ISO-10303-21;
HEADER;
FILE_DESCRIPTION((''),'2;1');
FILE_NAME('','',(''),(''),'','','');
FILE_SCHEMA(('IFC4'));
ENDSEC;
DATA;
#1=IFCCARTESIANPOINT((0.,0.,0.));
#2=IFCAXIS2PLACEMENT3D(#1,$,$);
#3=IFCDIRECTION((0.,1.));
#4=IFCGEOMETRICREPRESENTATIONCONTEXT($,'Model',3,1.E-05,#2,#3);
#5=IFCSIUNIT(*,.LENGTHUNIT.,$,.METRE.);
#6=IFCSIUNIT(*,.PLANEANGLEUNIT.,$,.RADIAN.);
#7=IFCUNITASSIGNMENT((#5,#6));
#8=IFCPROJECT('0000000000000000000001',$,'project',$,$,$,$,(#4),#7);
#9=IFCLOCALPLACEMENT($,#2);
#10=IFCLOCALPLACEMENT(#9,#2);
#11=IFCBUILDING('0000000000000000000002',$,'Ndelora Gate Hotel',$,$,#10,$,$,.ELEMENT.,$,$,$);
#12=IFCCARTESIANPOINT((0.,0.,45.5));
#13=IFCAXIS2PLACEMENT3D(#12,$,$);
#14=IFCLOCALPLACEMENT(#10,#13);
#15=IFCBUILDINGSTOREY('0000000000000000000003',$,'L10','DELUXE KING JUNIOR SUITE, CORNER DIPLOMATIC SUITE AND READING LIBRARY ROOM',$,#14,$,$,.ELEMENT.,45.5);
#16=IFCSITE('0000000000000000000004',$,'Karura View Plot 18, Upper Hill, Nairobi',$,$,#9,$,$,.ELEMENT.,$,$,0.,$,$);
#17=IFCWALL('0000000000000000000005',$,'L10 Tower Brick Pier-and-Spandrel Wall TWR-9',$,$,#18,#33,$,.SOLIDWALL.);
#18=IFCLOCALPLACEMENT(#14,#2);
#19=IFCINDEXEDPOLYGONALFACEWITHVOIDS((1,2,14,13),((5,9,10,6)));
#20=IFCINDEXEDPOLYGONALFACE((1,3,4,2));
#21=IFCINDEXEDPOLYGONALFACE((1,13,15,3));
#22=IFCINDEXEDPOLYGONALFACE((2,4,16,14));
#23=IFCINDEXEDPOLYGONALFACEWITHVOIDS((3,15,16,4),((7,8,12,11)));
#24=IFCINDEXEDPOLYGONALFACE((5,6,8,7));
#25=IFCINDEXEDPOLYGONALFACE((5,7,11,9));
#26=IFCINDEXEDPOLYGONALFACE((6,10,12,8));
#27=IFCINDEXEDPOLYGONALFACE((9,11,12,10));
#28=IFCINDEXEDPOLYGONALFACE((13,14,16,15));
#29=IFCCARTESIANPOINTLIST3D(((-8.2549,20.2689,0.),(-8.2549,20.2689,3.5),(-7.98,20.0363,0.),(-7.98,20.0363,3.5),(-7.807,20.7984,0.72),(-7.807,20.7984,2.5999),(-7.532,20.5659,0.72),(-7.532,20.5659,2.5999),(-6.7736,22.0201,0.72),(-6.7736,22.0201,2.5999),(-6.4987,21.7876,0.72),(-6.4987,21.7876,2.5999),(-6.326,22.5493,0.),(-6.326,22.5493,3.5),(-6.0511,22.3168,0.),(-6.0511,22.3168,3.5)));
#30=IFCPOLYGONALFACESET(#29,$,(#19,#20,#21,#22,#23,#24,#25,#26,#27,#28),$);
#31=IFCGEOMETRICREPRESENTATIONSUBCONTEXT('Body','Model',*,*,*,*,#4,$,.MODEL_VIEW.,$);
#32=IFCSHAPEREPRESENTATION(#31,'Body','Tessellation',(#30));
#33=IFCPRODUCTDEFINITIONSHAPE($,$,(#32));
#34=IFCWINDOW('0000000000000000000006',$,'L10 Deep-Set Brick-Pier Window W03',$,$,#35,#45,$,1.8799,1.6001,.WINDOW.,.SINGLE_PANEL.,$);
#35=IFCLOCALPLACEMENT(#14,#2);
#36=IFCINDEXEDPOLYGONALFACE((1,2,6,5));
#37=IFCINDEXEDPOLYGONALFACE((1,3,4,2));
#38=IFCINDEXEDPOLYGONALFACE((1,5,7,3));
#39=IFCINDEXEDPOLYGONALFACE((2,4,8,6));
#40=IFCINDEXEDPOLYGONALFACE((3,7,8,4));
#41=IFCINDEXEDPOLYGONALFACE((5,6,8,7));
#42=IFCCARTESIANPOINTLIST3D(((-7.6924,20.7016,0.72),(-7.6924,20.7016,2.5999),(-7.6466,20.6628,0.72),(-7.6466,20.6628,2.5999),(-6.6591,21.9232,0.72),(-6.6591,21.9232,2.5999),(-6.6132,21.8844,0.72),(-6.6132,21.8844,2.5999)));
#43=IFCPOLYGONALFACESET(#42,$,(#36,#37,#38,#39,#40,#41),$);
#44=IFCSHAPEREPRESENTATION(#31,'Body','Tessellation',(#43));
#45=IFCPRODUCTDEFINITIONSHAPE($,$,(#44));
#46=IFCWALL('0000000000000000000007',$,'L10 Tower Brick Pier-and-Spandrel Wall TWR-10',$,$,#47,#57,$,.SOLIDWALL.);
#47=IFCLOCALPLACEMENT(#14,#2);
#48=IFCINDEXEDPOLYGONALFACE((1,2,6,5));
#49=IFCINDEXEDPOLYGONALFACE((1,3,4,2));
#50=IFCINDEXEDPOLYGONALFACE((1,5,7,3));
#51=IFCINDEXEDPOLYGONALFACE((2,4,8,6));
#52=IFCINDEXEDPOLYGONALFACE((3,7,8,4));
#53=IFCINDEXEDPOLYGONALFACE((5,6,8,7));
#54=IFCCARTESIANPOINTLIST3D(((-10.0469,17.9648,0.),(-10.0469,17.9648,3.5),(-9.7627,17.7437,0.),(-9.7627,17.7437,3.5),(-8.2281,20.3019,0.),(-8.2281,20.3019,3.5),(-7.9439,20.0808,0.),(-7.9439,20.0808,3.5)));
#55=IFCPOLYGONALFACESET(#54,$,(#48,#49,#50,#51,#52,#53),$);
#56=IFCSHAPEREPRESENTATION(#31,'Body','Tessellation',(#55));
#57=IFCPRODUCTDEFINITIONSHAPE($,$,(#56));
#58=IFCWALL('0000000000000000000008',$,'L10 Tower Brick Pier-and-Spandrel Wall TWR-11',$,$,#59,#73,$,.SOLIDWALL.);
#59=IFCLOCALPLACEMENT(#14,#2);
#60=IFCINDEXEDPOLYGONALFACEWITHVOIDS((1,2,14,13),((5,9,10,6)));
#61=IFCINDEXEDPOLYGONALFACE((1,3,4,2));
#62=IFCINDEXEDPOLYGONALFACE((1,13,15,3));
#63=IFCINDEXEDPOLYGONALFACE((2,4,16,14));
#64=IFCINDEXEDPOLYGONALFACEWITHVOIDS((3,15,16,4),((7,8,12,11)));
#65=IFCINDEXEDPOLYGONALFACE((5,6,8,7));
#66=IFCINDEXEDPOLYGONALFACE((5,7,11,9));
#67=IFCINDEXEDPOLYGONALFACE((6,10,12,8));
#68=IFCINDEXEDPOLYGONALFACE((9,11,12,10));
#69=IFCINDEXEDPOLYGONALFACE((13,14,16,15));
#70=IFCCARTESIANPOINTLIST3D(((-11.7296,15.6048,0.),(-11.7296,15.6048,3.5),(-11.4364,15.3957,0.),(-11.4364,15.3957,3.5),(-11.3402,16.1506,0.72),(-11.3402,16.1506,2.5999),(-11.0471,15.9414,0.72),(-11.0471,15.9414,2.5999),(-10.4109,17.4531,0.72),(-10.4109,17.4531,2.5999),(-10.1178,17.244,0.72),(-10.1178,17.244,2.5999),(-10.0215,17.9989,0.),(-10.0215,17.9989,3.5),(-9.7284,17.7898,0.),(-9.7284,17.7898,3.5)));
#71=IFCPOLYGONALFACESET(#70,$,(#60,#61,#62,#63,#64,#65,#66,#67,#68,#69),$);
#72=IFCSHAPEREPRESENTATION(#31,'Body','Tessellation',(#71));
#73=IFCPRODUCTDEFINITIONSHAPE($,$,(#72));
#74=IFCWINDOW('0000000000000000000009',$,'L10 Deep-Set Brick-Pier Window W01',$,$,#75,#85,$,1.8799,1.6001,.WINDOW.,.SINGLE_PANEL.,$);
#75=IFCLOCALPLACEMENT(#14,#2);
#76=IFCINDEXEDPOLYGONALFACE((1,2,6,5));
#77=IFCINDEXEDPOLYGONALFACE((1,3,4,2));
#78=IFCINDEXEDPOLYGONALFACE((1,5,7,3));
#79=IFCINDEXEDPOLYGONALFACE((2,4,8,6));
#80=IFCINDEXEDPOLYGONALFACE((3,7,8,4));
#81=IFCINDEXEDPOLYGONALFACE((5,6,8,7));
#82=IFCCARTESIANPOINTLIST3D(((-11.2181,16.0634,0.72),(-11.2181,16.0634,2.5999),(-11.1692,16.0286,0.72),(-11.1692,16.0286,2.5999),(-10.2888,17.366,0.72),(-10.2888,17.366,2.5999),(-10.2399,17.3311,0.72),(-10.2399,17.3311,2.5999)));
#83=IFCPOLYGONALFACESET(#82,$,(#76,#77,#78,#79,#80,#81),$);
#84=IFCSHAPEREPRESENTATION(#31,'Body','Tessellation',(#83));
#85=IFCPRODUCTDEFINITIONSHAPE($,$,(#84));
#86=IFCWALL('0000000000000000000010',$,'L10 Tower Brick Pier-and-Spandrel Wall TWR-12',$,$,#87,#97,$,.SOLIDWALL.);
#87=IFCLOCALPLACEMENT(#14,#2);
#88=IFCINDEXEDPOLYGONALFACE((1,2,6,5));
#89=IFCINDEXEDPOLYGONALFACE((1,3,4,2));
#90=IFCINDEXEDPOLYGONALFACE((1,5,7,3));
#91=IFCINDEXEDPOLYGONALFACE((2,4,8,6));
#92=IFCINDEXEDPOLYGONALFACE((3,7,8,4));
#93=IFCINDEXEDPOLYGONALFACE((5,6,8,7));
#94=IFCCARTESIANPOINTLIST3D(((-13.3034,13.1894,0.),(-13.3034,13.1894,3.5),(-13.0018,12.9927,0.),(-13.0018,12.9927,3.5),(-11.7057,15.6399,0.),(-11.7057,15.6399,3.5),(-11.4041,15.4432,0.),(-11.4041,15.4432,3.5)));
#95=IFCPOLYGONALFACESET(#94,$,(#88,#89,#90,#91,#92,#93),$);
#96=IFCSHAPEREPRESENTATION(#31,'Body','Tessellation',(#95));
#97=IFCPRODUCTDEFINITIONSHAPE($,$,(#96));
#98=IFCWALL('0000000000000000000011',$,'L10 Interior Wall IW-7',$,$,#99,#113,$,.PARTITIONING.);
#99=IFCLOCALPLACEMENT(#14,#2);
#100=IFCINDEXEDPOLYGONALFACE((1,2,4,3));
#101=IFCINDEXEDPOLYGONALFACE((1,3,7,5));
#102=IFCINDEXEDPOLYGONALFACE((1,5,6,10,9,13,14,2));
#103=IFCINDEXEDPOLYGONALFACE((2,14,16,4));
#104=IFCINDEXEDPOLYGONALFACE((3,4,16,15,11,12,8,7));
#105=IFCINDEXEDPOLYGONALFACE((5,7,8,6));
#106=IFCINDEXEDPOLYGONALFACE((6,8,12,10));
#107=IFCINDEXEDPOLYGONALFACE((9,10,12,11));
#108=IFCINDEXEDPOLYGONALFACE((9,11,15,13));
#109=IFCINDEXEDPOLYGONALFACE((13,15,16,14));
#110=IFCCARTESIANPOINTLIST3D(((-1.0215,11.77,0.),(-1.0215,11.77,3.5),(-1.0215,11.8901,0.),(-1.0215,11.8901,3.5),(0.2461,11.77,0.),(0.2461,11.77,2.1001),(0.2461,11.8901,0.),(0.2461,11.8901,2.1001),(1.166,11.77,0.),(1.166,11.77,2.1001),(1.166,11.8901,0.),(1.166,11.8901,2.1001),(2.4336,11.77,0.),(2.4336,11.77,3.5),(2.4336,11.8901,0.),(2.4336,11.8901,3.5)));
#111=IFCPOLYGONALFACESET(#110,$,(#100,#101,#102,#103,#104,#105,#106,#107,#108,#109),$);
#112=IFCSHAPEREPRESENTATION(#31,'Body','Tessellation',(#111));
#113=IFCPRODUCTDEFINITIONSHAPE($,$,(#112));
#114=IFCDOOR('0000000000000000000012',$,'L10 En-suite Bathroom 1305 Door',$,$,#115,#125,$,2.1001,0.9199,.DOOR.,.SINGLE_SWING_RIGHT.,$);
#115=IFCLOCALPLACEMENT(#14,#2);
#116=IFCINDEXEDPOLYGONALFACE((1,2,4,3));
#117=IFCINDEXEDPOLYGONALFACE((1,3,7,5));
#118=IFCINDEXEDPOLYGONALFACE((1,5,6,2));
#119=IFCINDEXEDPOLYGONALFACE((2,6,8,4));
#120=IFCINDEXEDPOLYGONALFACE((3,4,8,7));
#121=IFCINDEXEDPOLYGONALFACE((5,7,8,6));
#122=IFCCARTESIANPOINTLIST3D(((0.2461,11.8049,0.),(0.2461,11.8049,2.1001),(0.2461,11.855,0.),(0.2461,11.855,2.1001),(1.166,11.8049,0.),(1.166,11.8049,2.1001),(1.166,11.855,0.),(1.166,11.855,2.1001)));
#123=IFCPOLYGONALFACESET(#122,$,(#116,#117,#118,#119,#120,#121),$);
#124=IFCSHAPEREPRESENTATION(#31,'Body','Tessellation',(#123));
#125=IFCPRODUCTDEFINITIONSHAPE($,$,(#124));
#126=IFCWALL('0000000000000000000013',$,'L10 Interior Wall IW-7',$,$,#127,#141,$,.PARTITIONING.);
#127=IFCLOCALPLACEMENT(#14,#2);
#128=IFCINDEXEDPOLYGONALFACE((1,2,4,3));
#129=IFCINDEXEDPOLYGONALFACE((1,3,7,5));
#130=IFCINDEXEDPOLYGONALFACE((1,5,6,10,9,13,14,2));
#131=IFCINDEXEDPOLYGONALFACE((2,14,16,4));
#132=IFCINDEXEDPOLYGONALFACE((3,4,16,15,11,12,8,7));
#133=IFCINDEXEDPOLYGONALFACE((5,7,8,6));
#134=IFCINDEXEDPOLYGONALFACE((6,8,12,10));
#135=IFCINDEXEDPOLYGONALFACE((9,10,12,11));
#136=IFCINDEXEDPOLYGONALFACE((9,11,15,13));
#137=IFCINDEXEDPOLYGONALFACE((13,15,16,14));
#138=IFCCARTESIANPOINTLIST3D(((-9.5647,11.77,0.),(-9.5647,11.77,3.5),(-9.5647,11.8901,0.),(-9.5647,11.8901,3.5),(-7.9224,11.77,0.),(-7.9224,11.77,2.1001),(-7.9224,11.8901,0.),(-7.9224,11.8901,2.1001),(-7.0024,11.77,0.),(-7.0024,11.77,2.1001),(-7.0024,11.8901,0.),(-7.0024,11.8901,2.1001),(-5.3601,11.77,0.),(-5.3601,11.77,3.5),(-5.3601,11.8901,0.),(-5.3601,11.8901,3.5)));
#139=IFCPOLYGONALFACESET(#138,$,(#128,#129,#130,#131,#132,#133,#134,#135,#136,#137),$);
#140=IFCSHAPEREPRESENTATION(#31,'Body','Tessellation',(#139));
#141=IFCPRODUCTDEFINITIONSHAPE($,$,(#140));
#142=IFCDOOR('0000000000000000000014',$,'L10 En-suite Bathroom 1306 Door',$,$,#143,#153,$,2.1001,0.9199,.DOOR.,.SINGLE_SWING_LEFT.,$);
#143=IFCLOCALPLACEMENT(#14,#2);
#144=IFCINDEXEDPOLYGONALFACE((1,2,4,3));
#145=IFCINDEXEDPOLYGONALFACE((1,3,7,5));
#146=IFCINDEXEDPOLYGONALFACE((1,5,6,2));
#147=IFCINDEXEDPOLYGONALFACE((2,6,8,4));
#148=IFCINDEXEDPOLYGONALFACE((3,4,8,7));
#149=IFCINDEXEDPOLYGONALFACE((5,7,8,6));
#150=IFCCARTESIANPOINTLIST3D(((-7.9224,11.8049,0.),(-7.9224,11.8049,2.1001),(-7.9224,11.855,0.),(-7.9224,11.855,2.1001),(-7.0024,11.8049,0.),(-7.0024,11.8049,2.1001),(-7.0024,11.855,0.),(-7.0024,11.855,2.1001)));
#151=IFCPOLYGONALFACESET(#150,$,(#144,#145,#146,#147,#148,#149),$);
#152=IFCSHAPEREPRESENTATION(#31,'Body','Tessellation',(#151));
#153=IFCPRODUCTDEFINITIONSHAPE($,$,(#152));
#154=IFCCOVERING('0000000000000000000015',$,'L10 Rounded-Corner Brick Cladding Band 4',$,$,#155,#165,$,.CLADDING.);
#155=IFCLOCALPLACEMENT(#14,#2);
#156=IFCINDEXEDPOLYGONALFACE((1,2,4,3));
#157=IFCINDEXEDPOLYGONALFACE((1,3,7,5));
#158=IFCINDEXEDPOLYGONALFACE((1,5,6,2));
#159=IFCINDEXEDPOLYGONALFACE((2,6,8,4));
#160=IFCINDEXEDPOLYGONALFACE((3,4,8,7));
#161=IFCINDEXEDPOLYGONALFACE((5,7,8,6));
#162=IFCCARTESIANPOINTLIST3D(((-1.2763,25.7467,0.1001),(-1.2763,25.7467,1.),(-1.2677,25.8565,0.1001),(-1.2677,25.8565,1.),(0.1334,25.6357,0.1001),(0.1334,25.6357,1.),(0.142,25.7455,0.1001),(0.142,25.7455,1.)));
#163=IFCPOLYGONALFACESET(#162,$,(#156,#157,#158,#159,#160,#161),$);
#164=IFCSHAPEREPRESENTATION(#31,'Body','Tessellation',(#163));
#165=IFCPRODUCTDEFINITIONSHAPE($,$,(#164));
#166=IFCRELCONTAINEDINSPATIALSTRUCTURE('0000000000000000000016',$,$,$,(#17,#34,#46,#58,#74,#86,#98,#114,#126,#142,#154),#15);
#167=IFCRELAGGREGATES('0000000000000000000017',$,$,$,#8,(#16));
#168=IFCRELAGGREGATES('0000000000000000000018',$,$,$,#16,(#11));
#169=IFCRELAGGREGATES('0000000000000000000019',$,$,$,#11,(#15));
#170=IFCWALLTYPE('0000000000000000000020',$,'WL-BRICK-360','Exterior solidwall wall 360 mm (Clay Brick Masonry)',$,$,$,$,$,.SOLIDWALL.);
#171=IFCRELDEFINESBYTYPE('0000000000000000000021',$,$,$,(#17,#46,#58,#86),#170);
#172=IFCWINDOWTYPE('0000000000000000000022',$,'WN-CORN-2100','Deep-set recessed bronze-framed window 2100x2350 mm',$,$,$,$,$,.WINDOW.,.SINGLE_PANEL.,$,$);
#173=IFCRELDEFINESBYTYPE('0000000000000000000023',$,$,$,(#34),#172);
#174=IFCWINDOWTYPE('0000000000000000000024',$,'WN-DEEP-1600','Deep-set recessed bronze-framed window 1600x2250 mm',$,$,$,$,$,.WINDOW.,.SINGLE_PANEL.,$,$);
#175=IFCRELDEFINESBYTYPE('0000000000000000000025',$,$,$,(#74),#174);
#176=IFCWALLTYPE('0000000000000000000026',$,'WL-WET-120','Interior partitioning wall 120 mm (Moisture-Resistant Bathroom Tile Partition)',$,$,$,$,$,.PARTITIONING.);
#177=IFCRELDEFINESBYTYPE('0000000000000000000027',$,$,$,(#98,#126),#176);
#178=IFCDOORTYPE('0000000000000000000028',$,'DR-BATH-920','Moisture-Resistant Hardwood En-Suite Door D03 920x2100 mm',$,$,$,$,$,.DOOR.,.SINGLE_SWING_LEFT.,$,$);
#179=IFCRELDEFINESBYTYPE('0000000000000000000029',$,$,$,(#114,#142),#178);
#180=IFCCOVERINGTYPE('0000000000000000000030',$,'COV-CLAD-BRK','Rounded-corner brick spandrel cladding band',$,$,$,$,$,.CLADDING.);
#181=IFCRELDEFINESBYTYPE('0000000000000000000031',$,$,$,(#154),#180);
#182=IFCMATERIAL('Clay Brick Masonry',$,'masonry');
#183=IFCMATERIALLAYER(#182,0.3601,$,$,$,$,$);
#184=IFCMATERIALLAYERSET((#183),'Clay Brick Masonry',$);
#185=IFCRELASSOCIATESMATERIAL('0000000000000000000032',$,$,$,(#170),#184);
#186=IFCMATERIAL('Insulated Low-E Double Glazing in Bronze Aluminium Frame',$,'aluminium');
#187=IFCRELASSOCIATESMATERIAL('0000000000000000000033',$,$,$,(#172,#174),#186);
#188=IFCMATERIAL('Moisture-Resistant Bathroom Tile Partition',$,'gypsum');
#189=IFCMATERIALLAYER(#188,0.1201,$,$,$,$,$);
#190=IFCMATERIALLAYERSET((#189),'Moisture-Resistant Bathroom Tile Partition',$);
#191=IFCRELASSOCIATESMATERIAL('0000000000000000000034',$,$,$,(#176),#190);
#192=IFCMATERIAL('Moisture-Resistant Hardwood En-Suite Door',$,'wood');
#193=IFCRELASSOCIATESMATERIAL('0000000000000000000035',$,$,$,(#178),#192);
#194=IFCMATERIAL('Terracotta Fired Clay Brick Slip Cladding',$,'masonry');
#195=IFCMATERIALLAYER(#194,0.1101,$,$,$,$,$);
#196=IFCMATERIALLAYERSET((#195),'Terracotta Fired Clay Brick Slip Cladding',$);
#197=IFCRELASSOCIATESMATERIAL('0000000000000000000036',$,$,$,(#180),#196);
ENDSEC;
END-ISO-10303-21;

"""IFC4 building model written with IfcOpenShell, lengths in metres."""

from ifc_helpers import new_model, si_unit, direction, frame, frame_2d, origin, origin_2d, place, context, subcontext, project, spatial, rectangle, extrude, material, layer, layer_set, type_object, element, fill, save


model = new_model("IFC4")

# Units and contexts
model_context = context("Model", 3, precision=1e-05, world=origin(), true_north=direction((0.0, 1.0)))
body_context = subcontext(model_context, "Body", "Model", "MODEL_VIEW")
ifc_project = project(units=[si_unit("LENGTHUNIT", "METRE"), si_unit("PLANEANGLEUNIT", "RADIAN")], contexts=[model_context])

# Site, building, storey
site_placement = place(None, origin())
site = spatial("IfcSite", under=ifc_project, at=site_placement, Name="Karura View Plot 18, Upper Hill, Nairobi", CompositionType="ELEMENT", RefElevation=0.0)
building_placement = place(site_placement, origin())
building = spatial("IfcBuilding", under=site, at=building_placement, Name="Ndelora Gate Hotel", CompositionType="ELEMENT")
storey_placement = place(building_placement, frame((0.0, 0.0, 45.5)))
storey = spatial("IfcBuildingStorey", under=building, at=storey_placement, Name="L10", Description="DELUXE KING JUNIOR SUITE, CORNER DIPLOMATIC SUITE AND READING LIBRARY ROOM", CompositionType="ELEMENT", Elevation=45.5)

# Shared definitions
ifc_material_1 = material(Name="Clay Brick Masonry", Category="masonry")
ifc_layer_1 = layer(ifc_material_1, 0.3601)
ifc_layer_set_1 = layer_set([ifc_layer_1], Name="Clay Brick Masonry")
wall_type_1 = type_object("IfcWallType", Name="WL-BRICK-360", Description="Exterior solidwall wall 360 mm (Clay Brick Masonry)", PredefinedType="SOLIDWALL", material=ifc_layer_set_1)

# Wall, opening, window
wall_1_placement = place(storey_placement, frame((-8.1174, 20.1526, 0.0), z_axis=(0.0, 0.0, 1.0), x_axis=(0.645803, 0.763504, 0.0)))
wall_1 = element("IfcWall", 1, at=wall_1_placement, inside=storey, type_object=wall_type_1, Name="L10 Tower Brick Pier-and-Spandrel Wall TWR-9", PredefinedType="SOLIDWALL", context=body_context, shape_type="SweptSolid", body=[
    extrude(rectangle(XDim=2.9868, YDim=0.3601, at=frame_2d((1.4934, 0.0))), origin(), (0.0, 0.0, 1.0), 3.5),
])
opening_1_placement = place(wall_1_placement, frame((0.6936, 0.0, 0.72)))
opening_1 = element("IfcOpeningElement", 2, at=opening_1_placement, cuts=wall_1, PredefinedType="OPENING", context=body_context, shape_type="SweptSolid", body=[
    extrude(rectangle(XDim=1.6001, YDim=1.8799, at=frame_2d((0.8, 0.9399))), frame((0.0, 0.1899, 0.0), z_axis=(0.0, -1.0, 0.0), x_axis=(1.0, 0.0, 0.0)), (0.0, 0.0, 1.0), 0.3801),
])
ifc_material_2 = material(Name="Insulated Low-E Double Glazing in Bronze Aluminium Frame", Category="aluminium")
window_type_1 = type_object("IfcWindowType", Name="WN-CORN-2100", Description="Deep-set recessed bronze-framed window 2100x2350 mm", PartitioningType="SINGLE_PANEL", PredefinedType="WINDOW", material=ifc_material_2)
window_1_placement = place(opening_1_placement, origin())
window_1 = element("IfcWindow", 3, at=window_1_placement, inside=storey, type_object=window_type_1, Name="L10 Deep-Set Brick-Pier Window W03", OverallHeight=1.8799, OverallWidth=1.6001, PartitioningType="SINGLE_PANEL", PredefinedType="WINDOW", context=body_context, shape_type="SweptSolid", body=[
    extrude(rectangle(XDim=1.6001, YDim=1.8799, at=frame_2d((0.8, 0.9399))), frame((0.0, 0.03, 0.0), z_axis=(0.0, -1.0, 0.0), x_axis=(1.0, 0.0, 0.0)), (0.0, 0.0, 1.0), 0.0601),
])
fill(opening_1, window_1)

# Wall
wall_2_placement = place(storey_placement, frame((-9.9048, 17.8542, 0.0), z_axis=(0.0, 0.0, 1.0), x_axis=(0.614163, 0.789179, 0.0)))
element("IfcWall", 4, at=wall_2_placement, inside=storey, type_object=wall_type_1, Name="L10 Tower Brick Pier-and-Spandrel Wall TWR-10", PredefinedType="SOLIDWALL", context=body_context, shape_type="SweptSolid", body=[
    extrude(rectangle(XDim=2.9614, YDim=0.3601, at=frame_2d((1.4807, 0.0))), origin(), (0.0, 0.0, 1.0), 3.5),
])

# Wall, opening, window
wall_3_placement = place(storey_placement, frame((-11.583, 15.5002, 0.0), z_axis=(0.0, 0.0, 1.0), x_axis=(0.580783, 0.814059, 0.0)))
wall_3 = element("IfcWall", 5, at=wall_3_placement, inside=storey, type_object=wall_type_1, Name="L10 Tower Brick Pier-and-Spandrel Wall TWR-11", PredefinedType="SOLIDWALL", context=body_context, shape_type="SweptSolid", body=[
    extrude(rectangle(XDim=2.9409, YDim=0.3601, at=frame_2d((1.4705, 0.0))), origin(), (0.0, 0.0, 1.0), 3.5),
])
opening_2_placement = place(wall_3_placement, frame((0.6704, 0.0, 0.72)))
opening_2 = element("IfcOpeningElement", 6, at=opening_2_placement, cuts=wall_3, PredefinedType="OPENING", context=body_context, shape_type="SweptSolid", body=[
    extrude(rectangle(XDim=1.6001, YDim=1.8799, at=frame_2d((0.8, 0.9399))), frame((0.0, 0.1899, 0.0), z_axis=(0.0, -1.0, 0.0), x_axis=(1.0, 0.0, 0.0)), (0.0, 0.0, 1.0), 0.3801),
])
window_type_2 = type_object("IfcWindowType", Name="WN-DEEP-1600", Description="Deep-set recessed bronze-framed window 1600x2250 mm", PartitioningType="SINGLE_PANEL", PredefinedType="WINDOW", material=ifc_material_2)
window_2_placement = place(opening_2_placement, origin())
window_2 = element("IfcWindow", 7, at=window_2_placement, inside=storey, type_object=window_type_2, Name="L10 Deep-Set Brick-Pier Window W01", OverallHeight=1.8799, OverallWidth=1.6001, PartitioningType="SINGLE_PANEL", PredefinedType="WINDOW", context=body_context, shape_type="SweptSolid", body=[
    extrude(rectangle(XDim=1.6001, YDim=1.8799, at=frame_2d((0.8, 0.9399))), frame((0.0, 0.03, 0.0), z_axis=(0.0, -1.0, 0.0), x_axis=(1.0, 0.0, 0.0)), (0.0, 0.0, 1.0), 0.0601),
])
fill(opening_2, window_2)

# Wall
wall_4_placement = place(storey_placement, frame((-13.1526, 13.0911, 0.0), z_axis=(0.0, 0.0, 1.0), x_axis=(0.546158, 0.837682, 0.0)))
element("IfcWall", 8, at=wall_4_placement, inside=storey, type_object=wall_type_1, Name="L10 Tower Brick Pier-and-Spandrel Wall TWR-12", PredefinedType="SOLIDWALL", context=body_context, shape_type="SweptSolid", body=[
    extrude(rectangle(XDim=2.9253, YDim=0.3601, at=frame_2d((1.4626, 0.0))), origin(), (0.0, 0.0, 1.0), 3.5),
])

# Walls, openings, doors
ifc_material_3 = material(Name="Moisture-Resistant Bathroom Tile Partition", Category="gypsum")
ifc_layer_2 = layer(ifc_material_3, 0.1201)
ifc_layer_set_2 = layer_set([ifc_layer_2], Name="Moisture-Resistant Bathroom Tile Partition")
wall_type_2 = type_object("IfcWallType", Name="WL-WET-120", Description="Interior partitioning wall 120 mm (Moisture-Resistant Bathroom Tile Partition)", PredefinedType="PARTITIONING", material=ifc_layer_set_2)
wall_5_placement = place(storey_placement, frame((-1.0215, 11.8301, 0.0), z_axis=(0.0, 0.0, 1.0), x_axis=(1.0, 0.0, 0.0)))
wall_5 = element("IfcWall", 9, at=wall_5_placement, inside=storey, type_object=wall_type_2, Name="L10 Interior Wall IW-7", PredefinedType="PARTITIONING", context=body_context, shape_type="SweptSolid", body=[
    extrude(rectangle(XDim=3.4551, YDim=0.1201, at=frame_2d((1.7275, 0.0))), origin(), (0.0, 0.0, 1.0), 3.5),
])
opening_3_placement = place(wall_5_placement, frame((1.2676, 0.0, 0.0)))
opening_3 = element("IfcOpeningElement", 10, at=opening_3_placement, cuts=wall_5, PredefinedType="OPENING", context=body_context, shape_type="SweptSolid", body=[
    extrude(rectangle(XDim=0.9199, YDim=2.1001, at=frame_2d((0.46, 1.05))), frame((0.0, 0.0701, 0.0), z_axis=(0.0, -1.0, 0.0), x_axis=(1.0, 0.0, 0.0)), (0.0, 0.0, 1.0), 0.1401),
])
ifc_material_4 = material(Name="Moisture-Resistant Hardwood En-Suite Door", Category="wood")
door_type = type_object("IfcDoorType", Name="DR-BATH-920", Description="Moisture-Resistant Hardwood En-Suite Door D03 920x2100 mm", OperationType="SINGLE_SWING_LEFT", PredefinedType="DOOR", material=ifc_material_4)
door_1_placement = place(opening_3_placement, origin())
door_1 = element("IfcDoor", 11, at=door_1_placement, inside=storey, type_object=door_type, Name="L10 En-suite Bathroom 1305 Door", OperationType="SINGLE_SWING_RIGHT", OverallHeight=2.1001, OverallWidth=0.9199, PredefinedType="DOOR", context=body_context, shape_type="SweptSolid", body=[
    extrude(rectangle(XDim=0.9199, YDim=2.1001, at=frame_2d((0.46, 1.05))), frame((0.0, 0.0249, 0.0), z_axis=(0.0, -1.0, 0.0), x_axis=(1.0, 0.0, 0.0)), (0.0, 0.0, 1.0), 0.05),
])
fill(opening_3, door_1)
wall_6_placement = place(storey_placement, frame((-9.5647, 11.8301, 0.0), z_axis=(0.0, 0.0, 1.0), x_axis=(1.0, 0.0, 0.0)))
wall_6 = element("IfcWall", 12, at=wall_6_placement, inside=storey, type_object=wall_type_2, Name="L10 Interior Wall IW-7", PredefinedType="PARTITIONING", context=body_context, shape_type="SweptSolid", body=[
    extrude(rectangle(XDim=4.2046, YDim=0.1201, at=frame_2d((2.1023, 0.0))), origin(), (0.0, 0.0, 1.0), 3.5),
])
opening_4_placement = place(wall_6_placement, frame((1.6423, 0.0, 0.0)))
opening_4 = element("IfcOpeningElement", 13, at=opening_4_placement, cuts=wall_6, PredefinedType="OPENING", context=body_context, shape_type="SweptSolid", body=[
    extrude(rectangle(XDim=0.9199, YDim=2.1001, at=frame_2d((0.46, 1.05))), frame((0.0, 0.0701, 0.0), z_axis=(0.0, -1.0, 0.0), x_axis=(1.0, 0.0, 0.0)), (0.0, 0.0, 1.0), 0.1401),
])
door_2_placement = place(opening_4_placement, origin())
door_2 = element("IfcDoor", 14, at=door_2_placement, inside=storey, type_object=door_type, Name="L10 En-suite Bathroom 1306 Door", OperationType="SINGLE_SWING_LEFT", OverallHeight=2.1001, OverallWidth=0.9199, PredefinedType="DOOR", context=body_context, shape_type="SweptSolid", body=[
    extrude(rectangle(XDim=0.9199, YDim=2.1001, at=frame_2d((0.46, 1.05))), frame((0.0, 0.0249, 0.0), z_axis=(0.0, -1.0, 0.0), x_axis=(1.0, 0.0, 0.0)), (0.0, 0.0, 1.0), 0.05),
])
fill(opening_4, door_2)

# Covering
ifc_material_5 = material(Name="Terracotta Fired Clay Brick Slip Cladding", Category="masonry")
ifc_layer_3 = layer(ifc_material_5, 0.1101)
ifc_layer_set_3 = layer_set([ifc_layer_3], Name="Terracotta Fired Clay Brick Slip Cladding")
covering_type_1 = type_object("IfcCoveringType", Name="COV-CLAD-BRK", Description="Rounded-corner brick spandrel cladding band", PredefinedType="CLADDING", material=ifc_layer_set_3)
for number, where, z_axis, x_axis, name in (
    (15, (-0.5671, 25.7461, 0.1001), (0.0, 0.0, 1.0), (-0.996917, 0.078459, 0.0), "L10 Rounded-Corner Brick Cladding Band 4"),
):
    element("IfcCovering", number, at=place(storey_placement, frame(where, z_axis=z_axis, x_axis=x_axis)), inside=storey, type_object=covering_type_1, Name=name, PredefinedType="CLADDING", context=body_context, shape_type="SweptSolid", body=[
        extrude(rectangle(XDim=1.4141, YDim=0.1101, at=origin_2d()), origin(), (0.0, 0.0, 1.0), 0.8999),
    ])

save(model, "model.ifc")
